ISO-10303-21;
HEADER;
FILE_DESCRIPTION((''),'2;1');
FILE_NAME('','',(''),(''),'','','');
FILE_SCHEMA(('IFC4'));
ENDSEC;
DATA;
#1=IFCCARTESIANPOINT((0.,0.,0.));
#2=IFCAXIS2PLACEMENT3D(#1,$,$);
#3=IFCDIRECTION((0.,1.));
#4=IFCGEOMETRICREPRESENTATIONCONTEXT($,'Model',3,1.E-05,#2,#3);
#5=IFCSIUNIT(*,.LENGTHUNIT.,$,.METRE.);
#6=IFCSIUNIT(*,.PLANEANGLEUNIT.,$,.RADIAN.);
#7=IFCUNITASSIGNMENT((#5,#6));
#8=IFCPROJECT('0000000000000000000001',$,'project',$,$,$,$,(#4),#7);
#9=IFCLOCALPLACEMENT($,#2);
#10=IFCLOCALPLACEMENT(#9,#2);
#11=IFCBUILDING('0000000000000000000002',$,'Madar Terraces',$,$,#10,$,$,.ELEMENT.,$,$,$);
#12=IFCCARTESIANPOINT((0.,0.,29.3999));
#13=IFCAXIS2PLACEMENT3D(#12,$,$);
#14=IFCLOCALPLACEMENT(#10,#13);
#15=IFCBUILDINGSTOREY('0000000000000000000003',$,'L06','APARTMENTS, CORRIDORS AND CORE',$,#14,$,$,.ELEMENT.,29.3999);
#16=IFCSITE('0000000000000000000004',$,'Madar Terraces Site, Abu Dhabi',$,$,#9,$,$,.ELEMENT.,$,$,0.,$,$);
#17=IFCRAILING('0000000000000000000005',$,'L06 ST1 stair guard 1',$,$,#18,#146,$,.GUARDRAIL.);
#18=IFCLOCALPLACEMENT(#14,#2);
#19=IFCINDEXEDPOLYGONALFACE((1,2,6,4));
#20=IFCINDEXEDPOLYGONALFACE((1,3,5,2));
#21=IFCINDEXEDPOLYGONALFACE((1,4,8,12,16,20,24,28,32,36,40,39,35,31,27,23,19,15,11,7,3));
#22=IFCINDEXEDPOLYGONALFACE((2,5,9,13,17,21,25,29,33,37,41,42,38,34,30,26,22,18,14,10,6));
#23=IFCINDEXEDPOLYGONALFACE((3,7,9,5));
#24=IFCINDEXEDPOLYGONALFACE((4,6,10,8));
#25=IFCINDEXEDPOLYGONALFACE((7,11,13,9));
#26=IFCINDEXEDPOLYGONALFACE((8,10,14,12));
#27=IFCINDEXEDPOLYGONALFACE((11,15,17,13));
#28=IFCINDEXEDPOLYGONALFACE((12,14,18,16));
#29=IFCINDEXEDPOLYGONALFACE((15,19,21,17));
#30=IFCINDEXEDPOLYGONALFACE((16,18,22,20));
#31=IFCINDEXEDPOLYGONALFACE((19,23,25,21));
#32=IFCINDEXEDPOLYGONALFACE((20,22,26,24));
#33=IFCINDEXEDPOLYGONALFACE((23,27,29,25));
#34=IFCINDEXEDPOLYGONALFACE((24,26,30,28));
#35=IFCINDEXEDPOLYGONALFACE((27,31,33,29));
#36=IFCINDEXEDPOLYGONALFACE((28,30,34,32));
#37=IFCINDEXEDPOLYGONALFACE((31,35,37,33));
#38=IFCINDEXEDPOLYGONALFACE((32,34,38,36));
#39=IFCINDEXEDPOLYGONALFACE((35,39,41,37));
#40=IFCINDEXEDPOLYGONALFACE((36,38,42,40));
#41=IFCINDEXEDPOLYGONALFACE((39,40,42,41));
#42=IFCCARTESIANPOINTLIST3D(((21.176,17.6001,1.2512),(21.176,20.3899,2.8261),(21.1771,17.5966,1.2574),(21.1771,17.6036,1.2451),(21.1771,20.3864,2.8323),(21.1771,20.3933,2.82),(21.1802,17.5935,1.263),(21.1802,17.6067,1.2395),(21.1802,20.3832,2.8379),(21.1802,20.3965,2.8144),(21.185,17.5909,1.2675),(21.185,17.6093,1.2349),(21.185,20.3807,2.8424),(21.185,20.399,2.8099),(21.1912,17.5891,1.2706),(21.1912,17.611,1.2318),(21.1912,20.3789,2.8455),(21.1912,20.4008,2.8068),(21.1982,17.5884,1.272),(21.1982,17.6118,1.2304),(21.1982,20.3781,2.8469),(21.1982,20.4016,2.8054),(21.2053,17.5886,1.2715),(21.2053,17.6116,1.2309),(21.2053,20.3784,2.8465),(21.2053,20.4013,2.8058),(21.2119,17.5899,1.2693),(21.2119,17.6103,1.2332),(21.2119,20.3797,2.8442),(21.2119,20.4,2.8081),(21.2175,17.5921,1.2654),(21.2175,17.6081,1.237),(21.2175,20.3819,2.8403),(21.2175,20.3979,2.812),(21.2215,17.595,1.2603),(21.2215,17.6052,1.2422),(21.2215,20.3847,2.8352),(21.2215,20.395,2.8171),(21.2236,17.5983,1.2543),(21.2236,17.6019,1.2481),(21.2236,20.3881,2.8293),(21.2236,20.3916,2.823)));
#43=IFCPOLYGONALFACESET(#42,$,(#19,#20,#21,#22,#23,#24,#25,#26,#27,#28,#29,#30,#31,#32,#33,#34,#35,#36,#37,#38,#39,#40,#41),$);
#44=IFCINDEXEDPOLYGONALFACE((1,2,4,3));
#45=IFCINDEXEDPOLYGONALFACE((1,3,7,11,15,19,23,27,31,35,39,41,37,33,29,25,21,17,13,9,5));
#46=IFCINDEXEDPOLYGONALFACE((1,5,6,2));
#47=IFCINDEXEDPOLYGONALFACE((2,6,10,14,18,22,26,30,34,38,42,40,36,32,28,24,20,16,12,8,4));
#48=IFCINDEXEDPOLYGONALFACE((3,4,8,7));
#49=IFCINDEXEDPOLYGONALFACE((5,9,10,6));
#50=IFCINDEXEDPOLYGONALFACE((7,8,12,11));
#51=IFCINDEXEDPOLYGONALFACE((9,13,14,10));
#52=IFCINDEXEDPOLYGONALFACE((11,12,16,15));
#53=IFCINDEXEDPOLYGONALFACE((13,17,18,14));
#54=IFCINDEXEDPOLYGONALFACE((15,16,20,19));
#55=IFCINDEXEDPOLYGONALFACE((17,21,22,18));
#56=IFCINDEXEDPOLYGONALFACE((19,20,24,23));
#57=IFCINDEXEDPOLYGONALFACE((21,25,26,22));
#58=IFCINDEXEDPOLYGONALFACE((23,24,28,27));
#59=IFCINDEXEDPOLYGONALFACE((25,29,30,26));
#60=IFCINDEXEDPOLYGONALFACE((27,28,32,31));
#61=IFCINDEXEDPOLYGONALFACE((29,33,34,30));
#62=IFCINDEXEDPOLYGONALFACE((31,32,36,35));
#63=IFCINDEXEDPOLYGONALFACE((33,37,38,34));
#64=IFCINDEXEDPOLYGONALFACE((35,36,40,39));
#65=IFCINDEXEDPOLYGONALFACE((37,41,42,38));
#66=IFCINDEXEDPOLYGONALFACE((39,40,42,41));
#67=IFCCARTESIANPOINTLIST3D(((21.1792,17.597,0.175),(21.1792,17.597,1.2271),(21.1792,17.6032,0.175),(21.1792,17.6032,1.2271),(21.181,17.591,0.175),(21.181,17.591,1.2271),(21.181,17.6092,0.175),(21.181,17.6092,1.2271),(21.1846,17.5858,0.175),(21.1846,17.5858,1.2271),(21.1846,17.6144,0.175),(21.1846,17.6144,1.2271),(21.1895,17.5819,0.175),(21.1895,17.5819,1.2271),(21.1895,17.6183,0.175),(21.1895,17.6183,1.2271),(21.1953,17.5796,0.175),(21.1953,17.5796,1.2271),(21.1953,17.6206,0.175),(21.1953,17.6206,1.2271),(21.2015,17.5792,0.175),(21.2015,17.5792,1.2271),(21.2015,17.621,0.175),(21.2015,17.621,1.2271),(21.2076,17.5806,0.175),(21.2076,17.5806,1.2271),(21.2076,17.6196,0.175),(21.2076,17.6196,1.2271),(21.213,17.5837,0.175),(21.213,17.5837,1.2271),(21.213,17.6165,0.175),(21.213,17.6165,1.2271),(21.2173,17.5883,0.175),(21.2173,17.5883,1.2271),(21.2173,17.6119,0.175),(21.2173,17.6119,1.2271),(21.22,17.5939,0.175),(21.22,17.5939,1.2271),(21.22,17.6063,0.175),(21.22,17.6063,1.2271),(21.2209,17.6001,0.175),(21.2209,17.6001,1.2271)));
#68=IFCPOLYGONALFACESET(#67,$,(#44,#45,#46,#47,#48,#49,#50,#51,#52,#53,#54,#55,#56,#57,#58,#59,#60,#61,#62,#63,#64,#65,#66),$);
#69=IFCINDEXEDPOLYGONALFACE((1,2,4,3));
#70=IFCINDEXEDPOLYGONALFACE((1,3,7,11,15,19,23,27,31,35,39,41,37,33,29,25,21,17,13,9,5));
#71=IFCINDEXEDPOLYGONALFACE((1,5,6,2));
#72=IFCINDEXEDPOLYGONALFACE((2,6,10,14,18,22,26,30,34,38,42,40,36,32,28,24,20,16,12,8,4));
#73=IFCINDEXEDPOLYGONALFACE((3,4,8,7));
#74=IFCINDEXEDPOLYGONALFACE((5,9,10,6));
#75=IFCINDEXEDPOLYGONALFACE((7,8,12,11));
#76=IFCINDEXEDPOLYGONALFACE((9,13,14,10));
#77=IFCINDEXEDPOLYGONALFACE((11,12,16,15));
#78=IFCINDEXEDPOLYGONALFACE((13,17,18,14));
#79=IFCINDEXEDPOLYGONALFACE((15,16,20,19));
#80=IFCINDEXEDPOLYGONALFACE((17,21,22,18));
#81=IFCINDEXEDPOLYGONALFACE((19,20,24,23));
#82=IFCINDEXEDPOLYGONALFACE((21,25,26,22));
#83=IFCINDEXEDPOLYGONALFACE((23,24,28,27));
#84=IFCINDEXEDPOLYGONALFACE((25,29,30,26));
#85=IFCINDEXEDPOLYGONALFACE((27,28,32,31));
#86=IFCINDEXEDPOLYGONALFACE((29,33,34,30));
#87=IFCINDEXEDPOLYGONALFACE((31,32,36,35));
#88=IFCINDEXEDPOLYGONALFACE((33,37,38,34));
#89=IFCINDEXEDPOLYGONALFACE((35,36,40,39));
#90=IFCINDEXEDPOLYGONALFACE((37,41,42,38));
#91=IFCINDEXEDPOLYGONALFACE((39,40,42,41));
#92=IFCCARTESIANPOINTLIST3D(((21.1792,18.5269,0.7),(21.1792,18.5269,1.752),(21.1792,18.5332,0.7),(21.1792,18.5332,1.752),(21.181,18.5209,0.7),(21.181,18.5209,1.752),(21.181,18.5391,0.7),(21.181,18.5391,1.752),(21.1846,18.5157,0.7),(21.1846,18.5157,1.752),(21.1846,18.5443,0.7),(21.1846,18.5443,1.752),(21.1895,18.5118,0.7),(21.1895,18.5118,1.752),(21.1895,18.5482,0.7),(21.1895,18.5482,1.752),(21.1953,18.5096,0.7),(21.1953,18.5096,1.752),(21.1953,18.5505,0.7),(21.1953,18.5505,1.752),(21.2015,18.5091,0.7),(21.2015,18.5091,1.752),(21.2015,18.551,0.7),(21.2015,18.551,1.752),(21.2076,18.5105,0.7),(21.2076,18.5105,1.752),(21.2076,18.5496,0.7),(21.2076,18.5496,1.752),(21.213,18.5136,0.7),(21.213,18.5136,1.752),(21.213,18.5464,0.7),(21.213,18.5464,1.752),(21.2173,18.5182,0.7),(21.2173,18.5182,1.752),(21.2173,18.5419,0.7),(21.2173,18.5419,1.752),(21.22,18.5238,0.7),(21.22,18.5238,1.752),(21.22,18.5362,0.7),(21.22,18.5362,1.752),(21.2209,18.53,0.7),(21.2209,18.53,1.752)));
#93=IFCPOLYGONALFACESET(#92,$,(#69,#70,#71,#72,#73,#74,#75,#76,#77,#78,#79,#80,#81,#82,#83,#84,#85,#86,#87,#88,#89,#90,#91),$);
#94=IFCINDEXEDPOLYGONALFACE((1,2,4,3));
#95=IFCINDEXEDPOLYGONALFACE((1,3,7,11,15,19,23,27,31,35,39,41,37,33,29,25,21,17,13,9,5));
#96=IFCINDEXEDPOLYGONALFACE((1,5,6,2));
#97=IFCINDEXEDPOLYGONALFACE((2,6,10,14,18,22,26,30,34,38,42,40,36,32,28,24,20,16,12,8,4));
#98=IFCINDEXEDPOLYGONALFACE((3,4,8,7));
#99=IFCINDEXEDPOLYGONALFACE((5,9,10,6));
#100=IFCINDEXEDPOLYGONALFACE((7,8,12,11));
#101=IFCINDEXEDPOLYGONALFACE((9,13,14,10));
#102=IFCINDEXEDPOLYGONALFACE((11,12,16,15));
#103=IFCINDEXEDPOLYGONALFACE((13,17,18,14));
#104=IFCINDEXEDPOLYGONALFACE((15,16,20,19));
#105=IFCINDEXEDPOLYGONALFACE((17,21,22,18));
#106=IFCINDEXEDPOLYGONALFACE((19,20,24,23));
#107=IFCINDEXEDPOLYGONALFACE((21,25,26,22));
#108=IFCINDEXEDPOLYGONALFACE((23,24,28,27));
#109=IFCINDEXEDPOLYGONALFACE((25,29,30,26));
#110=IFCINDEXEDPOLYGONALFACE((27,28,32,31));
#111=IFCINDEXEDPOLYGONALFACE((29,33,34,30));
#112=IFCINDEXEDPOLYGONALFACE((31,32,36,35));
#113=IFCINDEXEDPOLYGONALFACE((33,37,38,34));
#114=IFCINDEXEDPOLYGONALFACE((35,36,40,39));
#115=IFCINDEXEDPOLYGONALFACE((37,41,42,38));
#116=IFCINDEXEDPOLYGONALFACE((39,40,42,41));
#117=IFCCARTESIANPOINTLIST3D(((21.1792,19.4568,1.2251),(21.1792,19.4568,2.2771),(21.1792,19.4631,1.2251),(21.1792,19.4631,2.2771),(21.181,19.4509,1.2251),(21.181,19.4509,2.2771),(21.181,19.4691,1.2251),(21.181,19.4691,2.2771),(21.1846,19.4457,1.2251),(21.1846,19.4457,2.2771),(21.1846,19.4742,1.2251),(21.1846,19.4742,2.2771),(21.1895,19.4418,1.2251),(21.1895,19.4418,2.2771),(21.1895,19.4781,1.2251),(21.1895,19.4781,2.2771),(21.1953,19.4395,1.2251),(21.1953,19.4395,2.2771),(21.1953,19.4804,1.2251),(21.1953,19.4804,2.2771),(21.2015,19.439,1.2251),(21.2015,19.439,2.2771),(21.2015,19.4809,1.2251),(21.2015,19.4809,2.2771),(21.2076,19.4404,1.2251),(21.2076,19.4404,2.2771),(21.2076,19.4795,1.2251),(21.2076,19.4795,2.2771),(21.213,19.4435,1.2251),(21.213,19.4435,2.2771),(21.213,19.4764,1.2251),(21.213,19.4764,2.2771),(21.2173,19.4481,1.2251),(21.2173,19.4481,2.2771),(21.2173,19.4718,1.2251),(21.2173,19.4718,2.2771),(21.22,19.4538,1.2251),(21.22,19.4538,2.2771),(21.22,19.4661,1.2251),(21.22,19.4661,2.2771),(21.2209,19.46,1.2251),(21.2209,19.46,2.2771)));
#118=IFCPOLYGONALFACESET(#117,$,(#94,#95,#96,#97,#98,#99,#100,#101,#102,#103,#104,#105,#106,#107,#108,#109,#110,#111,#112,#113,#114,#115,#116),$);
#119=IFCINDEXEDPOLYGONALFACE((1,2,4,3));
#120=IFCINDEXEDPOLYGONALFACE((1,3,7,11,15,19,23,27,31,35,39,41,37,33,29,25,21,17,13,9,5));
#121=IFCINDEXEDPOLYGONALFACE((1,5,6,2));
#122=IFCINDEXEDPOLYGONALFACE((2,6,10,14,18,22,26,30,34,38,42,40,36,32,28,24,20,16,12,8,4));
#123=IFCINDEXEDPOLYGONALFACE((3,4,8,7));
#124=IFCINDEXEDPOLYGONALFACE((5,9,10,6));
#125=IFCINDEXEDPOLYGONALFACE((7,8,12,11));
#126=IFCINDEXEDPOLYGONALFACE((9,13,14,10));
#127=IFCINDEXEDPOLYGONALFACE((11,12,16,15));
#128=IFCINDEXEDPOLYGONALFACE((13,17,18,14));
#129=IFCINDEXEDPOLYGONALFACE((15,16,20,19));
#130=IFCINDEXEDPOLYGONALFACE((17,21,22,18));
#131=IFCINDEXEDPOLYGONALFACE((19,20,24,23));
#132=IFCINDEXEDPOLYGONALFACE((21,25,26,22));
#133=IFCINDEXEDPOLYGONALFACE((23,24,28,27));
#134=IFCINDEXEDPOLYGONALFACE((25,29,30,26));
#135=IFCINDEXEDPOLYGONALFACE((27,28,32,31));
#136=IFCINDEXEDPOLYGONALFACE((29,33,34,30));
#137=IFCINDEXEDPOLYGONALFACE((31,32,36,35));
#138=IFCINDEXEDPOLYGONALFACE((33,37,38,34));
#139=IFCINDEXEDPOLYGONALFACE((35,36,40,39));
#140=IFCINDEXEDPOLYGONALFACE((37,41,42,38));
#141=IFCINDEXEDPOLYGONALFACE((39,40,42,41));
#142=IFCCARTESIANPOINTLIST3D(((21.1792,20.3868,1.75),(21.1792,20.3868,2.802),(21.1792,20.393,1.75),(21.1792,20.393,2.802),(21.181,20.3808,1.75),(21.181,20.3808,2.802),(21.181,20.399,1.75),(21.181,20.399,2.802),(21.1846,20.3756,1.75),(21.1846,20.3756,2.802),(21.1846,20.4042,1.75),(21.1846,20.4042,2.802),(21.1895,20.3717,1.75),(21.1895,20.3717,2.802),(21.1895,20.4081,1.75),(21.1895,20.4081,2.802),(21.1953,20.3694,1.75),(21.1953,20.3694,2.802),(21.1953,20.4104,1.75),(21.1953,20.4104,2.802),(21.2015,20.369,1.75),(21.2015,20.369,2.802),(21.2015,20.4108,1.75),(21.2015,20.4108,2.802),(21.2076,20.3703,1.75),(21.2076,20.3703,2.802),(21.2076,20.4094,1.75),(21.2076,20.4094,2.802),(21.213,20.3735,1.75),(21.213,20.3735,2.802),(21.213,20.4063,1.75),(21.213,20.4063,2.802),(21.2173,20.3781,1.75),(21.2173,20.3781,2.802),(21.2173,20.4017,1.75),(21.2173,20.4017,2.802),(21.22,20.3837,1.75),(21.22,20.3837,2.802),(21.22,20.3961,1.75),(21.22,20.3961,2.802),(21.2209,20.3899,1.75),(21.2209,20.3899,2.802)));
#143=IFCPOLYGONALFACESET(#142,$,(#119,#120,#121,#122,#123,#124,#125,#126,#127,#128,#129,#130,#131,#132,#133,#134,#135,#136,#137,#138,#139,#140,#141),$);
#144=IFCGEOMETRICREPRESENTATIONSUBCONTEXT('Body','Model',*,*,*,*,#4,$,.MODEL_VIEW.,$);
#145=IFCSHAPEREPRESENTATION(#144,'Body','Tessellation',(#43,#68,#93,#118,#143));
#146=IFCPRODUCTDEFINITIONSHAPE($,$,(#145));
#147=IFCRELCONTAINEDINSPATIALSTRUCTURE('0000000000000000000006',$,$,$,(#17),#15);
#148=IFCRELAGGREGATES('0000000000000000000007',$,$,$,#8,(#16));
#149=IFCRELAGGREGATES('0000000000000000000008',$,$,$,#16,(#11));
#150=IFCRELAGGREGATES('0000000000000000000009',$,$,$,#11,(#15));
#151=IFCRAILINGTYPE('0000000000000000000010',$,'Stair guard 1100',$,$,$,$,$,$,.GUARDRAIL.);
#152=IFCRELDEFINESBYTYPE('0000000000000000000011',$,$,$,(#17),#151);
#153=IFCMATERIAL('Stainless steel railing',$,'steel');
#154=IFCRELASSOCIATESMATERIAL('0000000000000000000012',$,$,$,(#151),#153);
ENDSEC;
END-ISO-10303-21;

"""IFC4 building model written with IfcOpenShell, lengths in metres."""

from ifc_helpers import new_model, si_unit, direction, frame, origin, origin_2d, place, context, subcontext, project, spatial, circle, extrude, material, type_object, element, save


model = new_model("IFC4")

# Units and contexts
model_context = context("Model", 3, precision=1e-05, world=origin(), true_north=direction((0.0, 1.0)))
body_context = subcontext(model_context, "Body", "Model", "MODEL_VIEW")
ifc_project = project(units=[si_unit("LENGTHUNIT", "METRE"), si_unit("PLANEANGLEUNIT", "RADIAN")], contexts=[model_context])

# Site, building, storey
site_placement = place(None, origin())
site = spatial("IfcSite", under=ifc_project, at=site_placement, Name="Madar Terraces Site, Abu Dhabi", CompositionType="ELEMENT", RefElevation=0.0)
building_placement = place(site_placement, origin())
building = spatial("IfcBuilding", under=site, at=building_placement, Name="Madar Terraces", CompositionType="ELEMENT")
storey_placement = place(building_placement, frame((0.0, 0.0, 29.3999)))
storey = spatial("IfcBuildingStorey", under=building, at=storey_placement, Name="L06", Description="APARTMENTS, CORRIDORS AND CORE", CompositionType="ELEMENT", Elevation=29.3999)

# Railing
ifc_material_1 = material(Name="Stainless steel railing", Category="steel")
railing_type_1 = type_object("IfcRailingType", Name="Stair guard 1100", PredefinedType="GUARDRAIL", material=ifc_material_1)
railing_1_placement = place(storey_placement, frame((21.2, 17.6001, 0.175)))
element("IfcRailing", 1, at=railing_1_placement, inside=storey, type_object=railing_type_1, Name="L06 ST1 stair guard 1", PredefinedType="GUARDRAIL", context=body_context, shape_type="SweptSolid", body=[
    extrude(circle(Radius=0.0239, at=origin_2d()), frame((0.0, 0.0, 1.0762), z_axis=(0.0, 0.870815, 0.49161), x_axis=(-1.0, 0.0, 0.0)), (0.0, 0.0, 1.0), 3.2036),
    extrude(circle(Radius=0.021, at=origin_2d()), origin(), (0.0, 0.0, 1.0), 1.052),
    extrude(circle(Radius=0.021, at=origin_2d()), frame((0.0, 0.9299, 0.5249)), (0.0, 0.0, 1.0), 1.052),
    extrude(circle(Radius=0.021, at=origin_2d()), frame((0.0, 1.8599, 1.05)), (0.0, 0.0, 1.0), 1.052),
    extrude(circle(Radius=0.021, at=origin_2d()), frame((0.0, 2.7898, 1.575)), (0.0, 0.0, 1.0), 1.052),
])

save(model, "model.ifc")
